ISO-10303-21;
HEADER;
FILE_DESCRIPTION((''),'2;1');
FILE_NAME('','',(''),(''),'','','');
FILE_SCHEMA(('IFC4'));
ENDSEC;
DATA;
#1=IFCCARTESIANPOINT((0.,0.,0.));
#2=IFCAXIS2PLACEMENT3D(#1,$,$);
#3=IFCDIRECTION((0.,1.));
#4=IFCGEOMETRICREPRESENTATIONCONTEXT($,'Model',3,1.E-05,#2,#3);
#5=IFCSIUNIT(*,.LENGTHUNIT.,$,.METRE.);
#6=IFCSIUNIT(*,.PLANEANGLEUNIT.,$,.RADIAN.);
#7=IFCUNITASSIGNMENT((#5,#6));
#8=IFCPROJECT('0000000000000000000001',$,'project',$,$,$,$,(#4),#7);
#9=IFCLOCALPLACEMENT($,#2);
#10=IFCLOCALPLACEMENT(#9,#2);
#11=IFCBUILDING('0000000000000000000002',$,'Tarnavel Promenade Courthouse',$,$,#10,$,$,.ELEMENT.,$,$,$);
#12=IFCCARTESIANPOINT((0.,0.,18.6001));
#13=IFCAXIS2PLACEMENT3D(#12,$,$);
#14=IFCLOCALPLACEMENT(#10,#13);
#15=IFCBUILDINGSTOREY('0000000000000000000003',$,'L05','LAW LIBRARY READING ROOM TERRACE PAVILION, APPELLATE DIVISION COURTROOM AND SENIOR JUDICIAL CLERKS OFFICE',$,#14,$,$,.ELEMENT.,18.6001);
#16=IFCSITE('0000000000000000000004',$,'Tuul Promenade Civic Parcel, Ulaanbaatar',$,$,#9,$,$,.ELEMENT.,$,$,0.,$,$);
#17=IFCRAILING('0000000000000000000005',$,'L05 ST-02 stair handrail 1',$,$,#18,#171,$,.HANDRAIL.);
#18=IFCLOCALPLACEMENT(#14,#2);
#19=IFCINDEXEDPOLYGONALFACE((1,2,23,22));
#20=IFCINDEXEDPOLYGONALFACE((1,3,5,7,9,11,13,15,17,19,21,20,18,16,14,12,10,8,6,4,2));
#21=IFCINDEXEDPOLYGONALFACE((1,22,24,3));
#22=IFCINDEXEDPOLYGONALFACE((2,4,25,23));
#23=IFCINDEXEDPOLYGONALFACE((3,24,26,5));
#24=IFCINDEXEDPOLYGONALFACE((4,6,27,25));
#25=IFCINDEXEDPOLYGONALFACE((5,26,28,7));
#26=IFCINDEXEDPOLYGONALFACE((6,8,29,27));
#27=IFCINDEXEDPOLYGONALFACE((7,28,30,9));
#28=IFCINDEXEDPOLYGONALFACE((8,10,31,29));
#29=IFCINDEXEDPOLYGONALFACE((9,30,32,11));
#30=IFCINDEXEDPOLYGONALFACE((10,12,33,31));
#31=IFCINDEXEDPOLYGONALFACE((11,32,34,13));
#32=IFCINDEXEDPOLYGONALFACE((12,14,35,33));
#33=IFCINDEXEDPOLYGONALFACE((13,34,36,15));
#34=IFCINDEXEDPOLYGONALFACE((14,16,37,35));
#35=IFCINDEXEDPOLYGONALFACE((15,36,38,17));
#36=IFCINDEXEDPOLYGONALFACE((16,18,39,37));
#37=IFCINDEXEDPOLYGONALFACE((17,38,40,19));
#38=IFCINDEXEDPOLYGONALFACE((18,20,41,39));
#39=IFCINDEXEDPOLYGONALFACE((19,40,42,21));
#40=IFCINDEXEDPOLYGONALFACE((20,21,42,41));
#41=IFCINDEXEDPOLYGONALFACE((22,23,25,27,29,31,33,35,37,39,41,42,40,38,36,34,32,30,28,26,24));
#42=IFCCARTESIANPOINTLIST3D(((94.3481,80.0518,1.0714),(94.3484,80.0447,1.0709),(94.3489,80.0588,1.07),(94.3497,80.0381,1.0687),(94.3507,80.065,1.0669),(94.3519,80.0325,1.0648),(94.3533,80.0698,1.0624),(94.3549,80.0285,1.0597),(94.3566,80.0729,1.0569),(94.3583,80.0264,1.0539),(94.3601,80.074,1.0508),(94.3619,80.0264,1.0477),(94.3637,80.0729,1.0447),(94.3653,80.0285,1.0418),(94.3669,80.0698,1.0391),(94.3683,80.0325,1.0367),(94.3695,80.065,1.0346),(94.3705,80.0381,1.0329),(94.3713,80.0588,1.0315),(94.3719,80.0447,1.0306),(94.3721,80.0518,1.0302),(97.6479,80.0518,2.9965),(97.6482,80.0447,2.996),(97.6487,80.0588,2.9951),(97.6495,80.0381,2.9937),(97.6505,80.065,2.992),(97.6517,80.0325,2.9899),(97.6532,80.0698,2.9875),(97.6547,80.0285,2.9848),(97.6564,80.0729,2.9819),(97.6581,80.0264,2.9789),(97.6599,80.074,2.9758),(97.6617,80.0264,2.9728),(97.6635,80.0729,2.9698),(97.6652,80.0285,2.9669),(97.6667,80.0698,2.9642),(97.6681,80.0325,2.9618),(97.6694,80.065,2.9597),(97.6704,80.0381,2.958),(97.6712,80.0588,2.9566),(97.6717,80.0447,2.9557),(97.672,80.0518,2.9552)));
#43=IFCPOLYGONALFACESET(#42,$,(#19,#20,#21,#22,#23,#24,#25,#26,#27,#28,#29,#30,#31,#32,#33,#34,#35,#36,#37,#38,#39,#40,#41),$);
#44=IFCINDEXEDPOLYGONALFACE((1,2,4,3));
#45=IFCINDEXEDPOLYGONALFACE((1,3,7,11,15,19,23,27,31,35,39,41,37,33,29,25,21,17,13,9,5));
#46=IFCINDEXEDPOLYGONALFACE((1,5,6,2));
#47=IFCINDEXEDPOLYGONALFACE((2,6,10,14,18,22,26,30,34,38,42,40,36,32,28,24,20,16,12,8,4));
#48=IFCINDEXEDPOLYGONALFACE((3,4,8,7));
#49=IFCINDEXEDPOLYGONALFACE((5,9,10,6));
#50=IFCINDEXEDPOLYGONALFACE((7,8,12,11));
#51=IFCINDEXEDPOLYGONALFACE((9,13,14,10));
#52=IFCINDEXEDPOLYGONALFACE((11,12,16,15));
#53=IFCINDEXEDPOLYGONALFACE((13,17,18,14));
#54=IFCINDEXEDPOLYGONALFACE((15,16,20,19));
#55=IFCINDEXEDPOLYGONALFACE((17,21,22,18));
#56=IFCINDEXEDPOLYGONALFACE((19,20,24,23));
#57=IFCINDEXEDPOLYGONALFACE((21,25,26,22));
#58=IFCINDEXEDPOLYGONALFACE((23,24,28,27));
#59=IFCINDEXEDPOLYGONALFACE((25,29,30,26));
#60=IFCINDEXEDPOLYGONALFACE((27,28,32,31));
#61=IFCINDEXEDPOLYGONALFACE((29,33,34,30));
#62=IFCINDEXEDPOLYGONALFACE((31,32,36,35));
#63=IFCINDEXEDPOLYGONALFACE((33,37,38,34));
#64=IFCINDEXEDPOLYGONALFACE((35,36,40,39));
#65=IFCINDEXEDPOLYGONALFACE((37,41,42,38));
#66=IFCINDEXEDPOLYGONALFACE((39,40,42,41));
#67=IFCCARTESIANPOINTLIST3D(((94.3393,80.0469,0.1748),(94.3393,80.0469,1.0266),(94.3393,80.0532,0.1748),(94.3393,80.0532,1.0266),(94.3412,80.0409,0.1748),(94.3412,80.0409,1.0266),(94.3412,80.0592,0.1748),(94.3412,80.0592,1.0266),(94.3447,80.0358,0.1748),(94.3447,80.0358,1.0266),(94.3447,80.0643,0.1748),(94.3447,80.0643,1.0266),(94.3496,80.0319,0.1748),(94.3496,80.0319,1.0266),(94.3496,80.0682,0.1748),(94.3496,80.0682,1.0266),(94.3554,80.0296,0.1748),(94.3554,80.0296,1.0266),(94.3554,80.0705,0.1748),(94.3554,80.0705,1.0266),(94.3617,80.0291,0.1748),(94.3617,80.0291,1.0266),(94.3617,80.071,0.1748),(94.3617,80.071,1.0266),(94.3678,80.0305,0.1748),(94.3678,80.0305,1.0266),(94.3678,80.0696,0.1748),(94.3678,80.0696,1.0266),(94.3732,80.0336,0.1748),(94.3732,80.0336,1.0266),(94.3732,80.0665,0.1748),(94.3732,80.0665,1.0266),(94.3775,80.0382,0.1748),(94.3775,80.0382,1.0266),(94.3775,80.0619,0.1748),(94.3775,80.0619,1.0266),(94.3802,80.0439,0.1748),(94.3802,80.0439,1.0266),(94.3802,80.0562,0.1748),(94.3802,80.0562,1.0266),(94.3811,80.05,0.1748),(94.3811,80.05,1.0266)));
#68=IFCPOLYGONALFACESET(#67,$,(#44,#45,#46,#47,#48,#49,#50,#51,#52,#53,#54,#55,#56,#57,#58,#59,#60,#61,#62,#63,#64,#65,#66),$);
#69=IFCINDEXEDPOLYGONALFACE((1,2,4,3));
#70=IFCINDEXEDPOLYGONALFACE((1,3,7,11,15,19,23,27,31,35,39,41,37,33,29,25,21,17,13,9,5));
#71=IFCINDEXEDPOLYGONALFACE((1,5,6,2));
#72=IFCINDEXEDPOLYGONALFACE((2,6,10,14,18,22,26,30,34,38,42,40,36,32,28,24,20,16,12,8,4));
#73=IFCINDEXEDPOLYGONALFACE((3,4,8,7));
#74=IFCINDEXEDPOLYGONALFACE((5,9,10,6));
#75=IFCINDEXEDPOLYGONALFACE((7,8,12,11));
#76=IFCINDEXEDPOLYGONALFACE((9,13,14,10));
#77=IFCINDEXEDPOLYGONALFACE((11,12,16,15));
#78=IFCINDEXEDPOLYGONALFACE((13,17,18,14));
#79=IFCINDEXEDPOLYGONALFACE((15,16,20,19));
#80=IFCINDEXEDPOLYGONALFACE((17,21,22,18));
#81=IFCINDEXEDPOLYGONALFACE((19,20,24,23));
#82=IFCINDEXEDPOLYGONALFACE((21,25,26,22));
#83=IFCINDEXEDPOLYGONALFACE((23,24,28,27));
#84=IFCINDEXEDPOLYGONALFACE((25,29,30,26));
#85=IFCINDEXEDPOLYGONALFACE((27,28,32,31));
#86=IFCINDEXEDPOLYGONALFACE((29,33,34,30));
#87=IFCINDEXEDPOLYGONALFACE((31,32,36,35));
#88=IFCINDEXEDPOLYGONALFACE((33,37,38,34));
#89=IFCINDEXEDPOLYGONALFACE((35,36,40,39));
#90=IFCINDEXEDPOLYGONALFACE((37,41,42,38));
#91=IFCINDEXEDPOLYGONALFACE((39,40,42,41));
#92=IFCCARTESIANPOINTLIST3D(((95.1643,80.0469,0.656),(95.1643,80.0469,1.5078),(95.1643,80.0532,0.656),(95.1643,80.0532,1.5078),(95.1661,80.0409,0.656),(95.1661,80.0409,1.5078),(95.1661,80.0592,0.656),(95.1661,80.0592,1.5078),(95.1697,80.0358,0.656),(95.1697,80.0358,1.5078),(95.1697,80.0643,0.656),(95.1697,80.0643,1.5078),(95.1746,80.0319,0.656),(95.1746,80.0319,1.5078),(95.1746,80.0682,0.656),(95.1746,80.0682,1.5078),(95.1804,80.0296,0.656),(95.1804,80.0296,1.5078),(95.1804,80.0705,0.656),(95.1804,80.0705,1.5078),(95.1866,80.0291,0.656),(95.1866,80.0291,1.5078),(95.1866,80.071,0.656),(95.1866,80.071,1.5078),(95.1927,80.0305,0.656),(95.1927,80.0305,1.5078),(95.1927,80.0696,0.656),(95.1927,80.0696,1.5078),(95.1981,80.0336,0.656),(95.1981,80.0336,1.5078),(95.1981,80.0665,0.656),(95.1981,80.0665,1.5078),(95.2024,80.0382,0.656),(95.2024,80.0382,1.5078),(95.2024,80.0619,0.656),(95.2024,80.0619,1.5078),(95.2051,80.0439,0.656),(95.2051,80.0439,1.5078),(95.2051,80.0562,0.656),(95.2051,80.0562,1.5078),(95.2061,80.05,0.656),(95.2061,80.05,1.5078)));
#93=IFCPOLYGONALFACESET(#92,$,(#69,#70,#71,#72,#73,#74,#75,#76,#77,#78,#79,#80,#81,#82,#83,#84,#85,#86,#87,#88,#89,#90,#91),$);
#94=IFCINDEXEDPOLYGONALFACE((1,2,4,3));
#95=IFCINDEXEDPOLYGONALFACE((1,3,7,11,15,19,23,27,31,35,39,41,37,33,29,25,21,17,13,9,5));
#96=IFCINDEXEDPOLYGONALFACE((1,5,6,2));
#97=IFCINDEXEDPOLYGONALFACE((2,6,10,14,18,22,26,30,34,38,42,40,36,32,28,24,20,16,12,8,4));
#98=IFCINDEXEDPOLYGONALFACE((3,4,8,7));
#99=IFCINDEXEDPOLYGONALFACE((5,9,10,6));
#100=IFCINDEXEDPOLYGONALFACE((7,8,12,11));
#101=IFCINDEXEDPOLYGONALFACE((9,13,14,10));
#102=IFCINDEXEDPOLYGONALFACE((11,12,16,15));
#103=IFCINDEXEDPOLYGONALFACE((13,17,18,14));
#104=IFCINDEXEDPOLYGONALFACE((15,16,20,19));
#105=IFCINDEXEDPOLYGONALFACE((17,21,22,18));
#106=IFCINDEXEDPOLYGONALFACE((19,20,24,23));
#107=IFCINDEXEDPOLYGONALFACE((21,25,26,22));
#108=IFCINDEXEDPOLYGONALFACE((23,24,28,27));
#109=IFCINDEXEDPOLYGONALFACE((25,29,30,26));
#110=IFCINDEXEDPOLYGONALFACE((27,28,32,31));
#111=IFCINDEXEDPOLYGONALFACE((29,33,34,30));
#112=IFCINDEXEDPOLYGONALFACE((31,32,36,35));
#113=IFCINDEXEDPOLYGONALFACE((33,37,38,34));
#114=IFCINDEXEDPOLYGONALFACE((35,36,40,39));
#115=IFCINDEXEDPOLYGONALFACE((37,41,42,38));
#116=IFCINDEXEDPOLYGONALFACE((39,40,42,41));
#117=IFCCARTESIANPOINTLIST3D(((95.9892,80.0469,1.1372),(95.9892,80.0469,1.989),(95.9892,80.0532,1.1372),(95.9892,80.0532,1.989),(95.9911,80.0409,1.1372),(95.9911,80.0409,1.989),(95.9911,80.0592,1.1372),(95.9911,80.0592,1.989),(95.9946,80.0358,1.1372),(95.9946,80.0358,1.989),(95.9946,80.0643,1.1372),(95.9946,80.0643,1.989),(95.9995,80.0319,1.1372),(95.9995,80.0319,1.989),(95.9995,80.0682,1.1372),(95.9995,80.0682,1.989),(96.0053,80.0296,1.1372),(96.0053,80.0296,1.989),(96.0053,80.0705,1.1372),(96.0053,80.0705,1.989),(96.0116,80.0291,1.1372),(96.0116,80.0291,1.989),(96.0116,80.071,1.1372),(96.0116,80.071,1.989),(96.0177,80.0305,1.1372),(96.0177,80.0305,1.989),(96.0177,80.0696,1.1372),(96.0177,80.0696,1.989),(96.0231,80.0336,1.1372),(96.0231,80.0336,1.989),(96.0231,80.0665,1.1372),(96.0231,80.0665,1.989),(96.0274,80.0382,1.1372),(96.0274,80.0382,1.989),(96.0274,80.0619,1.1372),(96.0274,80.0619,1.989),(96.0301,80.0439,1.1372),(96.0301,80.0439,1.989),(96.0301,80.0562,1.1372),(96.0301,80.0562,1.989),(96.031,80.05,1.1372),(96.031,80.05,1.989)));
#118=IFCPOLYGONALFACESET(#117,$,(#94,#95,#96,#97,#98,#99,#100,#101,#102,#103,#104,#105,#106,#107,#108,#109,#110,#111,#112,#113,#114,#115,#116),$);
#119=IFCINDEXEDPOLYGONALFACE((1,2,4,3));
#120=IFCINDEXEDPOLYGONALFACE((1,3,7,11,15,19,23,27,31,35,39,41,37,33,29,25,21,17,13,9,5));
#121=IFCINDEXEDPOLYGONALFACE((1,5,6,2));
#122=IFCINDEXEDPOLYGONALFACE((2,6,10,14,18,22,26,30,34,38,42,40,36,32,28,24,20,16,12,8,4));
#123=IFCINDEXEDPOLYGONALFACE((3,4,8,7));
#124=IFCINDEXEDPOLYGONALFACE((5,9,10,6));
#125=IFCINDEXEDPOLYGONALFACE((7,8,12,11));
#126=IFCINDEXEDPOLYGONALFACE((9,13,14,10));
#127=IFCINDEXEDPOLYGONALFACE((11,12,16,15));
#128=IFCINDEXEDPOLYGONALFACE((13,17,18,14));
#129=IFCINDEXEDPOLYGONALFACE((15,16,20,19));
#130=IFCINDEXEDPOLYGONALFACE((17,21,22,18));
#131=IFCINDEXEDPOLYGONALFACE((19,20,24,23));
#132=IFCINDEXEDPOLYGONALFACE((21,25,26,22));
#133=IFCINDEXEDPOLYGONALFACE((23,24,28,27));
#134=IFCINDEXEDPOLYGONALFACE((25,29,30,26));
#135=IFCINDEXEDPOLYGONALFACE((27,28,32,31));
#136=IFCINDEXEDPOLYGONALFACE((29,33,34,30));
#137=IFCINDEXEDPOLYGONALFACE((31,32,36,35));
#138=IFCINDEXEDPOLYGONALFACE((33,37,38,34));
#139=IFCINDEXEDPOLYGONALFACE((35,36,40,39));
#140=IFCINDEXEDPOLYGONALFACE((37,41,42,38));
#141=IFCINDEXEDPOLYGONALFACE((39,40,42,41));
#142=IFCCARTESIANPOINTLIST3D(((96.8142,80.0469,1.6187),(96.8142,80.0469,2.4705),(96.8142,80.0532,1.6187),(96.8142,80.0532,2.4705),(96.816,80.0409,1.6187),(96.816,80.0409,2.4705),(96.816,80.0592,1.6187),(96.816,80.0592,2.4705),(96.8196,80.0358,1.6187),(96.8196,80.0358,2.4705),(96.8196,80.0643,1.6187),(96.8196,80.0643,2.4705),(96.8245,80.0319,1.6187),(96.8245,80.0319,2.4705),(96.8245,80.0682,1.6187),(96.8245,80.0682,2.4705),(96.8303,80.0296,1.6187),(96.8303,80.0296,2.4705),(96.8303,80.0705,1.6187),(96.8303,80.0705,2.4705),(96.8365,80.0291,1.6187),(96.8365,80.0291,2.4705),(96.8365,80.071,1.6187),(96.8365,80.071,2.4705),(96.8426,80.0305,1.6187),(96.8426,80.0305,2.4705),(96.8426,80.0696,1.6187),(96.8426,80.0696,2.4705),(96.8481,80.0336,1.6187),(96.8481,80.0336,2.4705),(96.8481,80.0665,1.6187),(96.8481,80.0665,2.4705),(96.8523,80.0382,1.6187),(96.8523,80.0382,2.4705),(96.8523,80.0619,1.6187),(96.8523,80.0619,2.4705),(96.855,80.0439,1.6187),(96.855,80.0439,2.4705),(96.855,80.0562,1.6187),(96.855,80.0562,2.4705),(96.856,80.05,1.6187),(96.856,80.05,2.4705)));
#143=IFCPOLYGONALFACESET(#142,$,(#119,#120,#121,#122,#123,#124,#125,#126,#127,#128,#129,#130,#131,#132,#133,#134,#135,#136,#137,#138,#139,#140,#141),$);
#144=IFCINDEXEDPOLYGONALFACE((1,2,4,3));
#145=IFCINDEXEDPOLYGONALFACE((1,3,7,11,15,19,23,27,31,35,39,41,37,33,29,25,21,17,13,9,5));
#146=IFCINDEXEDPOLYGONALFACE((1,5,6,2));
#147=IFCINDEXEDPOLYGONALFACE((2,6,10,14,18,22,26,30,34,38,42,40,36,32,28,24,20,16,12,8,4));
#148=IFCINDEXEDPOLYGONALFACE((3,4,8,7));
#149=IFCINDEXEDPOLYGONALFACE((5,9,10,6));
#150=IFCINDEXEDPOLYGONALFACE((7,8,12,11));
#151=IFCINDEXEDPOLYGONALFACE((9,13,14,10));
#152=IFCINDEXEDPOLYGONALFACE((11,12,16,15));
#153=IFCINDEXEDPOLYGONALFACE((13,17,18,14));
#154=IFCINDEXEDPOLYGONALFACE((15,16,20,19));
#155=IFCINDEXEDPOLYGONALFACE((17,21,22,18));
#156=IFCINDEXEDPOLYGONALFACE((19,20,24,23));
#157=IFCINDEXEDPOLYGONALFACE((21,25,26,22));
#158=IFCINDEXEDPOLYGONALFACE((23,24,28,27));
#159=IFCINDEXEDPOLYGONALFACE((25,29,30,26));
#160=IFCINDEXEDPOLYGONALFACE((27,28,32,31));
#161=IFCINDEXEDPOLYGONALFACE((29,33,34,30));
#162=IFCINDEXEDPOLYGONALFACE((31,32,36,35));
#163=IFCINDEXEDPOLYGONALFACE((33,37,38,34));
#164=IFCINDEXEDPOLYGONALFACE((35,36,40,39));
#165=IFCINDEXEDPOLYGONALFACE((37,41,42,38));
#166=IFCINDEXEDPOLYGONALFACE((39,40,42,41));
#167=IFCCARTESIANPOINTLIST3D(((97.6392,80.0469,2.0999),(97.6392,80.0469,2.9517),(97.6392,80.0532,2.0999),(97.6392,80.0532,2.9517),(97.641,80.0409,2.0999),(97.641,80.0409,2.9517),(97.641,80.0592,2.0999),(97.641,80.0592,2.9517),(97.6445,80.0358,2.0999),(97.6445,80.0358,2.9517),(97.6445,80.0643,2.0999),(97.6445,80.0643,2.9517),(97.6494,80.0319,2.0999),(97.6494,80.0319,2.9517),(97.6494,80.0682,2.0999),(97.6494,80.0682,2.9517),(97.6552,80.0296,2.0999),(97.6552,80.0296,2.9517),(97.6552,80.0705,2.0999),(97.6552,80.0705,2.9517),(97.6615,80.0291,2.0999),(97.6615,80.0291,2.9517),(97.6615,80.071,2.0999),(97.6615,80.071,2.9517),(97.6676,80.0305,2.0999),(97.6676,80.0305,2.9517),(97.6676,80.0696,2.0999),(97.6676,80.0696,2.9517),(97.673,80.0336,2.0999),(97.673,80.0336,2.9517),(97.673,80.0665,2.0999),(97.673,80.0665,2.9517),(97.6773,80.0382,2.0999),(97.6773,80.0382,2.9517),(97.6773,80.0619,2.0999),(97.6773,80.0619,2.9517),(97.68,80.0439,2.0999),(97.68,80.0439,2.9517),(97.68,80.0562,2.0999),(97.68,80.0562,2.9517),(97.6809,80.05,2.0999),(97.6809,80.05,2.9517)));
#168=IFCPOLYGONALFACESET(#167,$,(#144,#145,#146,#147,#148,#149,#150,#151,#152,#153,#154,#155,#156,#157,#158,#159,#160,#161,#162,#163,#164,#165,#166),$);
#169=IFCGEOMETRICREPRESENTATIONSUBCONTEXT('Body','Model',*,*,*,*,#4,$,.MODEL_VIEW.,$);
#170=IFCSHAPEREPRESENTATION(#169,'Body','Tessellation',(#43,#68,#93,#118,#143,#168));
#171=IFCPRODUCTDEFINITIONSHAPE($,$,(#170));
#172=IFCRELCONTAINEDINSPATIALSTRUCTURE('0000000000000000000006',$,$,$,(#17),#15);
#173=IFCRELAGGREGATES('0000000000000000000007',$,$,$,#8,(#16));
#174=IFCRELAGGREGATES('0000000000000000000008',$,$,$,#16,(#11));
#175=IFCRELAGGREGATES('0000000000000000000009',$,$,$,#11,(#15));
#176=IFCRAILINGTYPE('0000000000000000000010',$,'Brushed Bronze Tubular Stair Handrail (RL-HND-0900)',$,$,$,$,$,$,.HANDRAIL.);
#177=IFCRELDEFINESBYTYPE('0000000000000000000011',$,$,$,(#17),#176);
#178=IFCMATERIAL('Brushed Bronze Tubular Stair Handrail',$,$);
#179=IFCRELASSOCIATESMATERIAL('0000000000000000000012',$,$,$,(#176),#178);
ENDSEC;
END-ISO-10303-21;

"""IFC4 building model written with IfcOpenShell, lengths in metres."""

from ifc_helpers import new_model, si_unit, direction, frame, origin, origin_2d, place, context, subcontext, project, spatial, circle, extrude, material, type_object, element, save


model = new_model("IFC4")

# Units and contexts
model_context = context("Model", 3, precision=1e-05, world=origin(), true_north=direction((0.0, 1.0)))
body_context = subcontext(model_context, "Body", "Model", "MODEL_VIEW")
ifc_project = project(units=[si_unit("LENGTHUNIT", "METRE"), si_unit("PLANEANGLEUNIT", "RADIAN")], contexts=[model_context])

# Site, building, storey
site_placement = place(None, origin())
site = spatial("IfcSite", under=ifc_project, at=site_placement, Name="Tuul Promenade Civic Parcel, Ulaanbaatar", CompositionType="ELEMENT", RefElevation=0.0)
building_placement = place(site_placement, origin())
building = spatial("IfcBuilding", under=site, at=building_placement, Name="Tarnavel Promenade Courthouse", CompositionType="ELEMENT")
storey_placement = place(building_placement, frame((0.0, 0.0, 18.6001)))
storey = spatial("IfcBuildingStorey", under=building, at=storey_placement, Name="L05", Description="LAW LIBRARY READING ROOM TERRACE PAVILION, APPELLATE DIVISION COURTROOM AND SENIOR JUDICIAL CLERKS OFFICE", CompositionType="ELEMENT", Elevation=18.6001)

# Railing
ifc_material_1 = material(Name="Brushed Bronze Tubular Stair Handrail")
railing_type_1 = type_object("IfcRailingType", Name="Brushed Bronze Tubular Stair Handrail (RL-HND-0900)", PredefinedType="HANDRAIL", material=ifc_material_1)
railing_1_placement = place(storey_placement, frame((94.3601, 80.05, 0.1748)))
element("IfcRailing", 1, at=railing_1_placement, inside=storey, type_object=railing_type_1, Name="L05 ST-02 stair handrail 1", PredefinedType="HANDRAIL", context=body_context, shape_type="SweptSolid", body=[
    extrude(circle(Radius=0.0239, at=origin_2d()), frame((0.0, 0.0, 0.876), z_axis=(0.86376, 0.0, 0.503903), x_axis=(0.0, 1.0, 0.0)), (0.0, 0.0, 1.0), 3.8203),
    extrude(circle(Radius=0.021, at=origin_2d()), origin(), (0.0, 0.0, 1.0), 0.8518),
    extrude(circle(Radius=0.021, at=origin_2d()), frame((0.825, 0.0, 0.4812)), (0.0, 0.0, 1.0), 0.8518),
    extrude(circle(Radius=0.021, at=origin_2d()), frame((1.6499, 0.0, 0.9624)), (0.0, 0.0, 1.0), 0.8518),
    extrude(circle(Radius=0.021, at=origin_2d()), frame((2.4749, 0.0, 1.4438)), (0.0, 0.0, 1.0), 0.8518),
    extrude(circle(Radius=0.021, at=origin_2d()), frame((3.2998, 0.0, 1.925)), (0.0, 0.0, 1.0), 0.8518),
])

save(model, "model.ifc")
